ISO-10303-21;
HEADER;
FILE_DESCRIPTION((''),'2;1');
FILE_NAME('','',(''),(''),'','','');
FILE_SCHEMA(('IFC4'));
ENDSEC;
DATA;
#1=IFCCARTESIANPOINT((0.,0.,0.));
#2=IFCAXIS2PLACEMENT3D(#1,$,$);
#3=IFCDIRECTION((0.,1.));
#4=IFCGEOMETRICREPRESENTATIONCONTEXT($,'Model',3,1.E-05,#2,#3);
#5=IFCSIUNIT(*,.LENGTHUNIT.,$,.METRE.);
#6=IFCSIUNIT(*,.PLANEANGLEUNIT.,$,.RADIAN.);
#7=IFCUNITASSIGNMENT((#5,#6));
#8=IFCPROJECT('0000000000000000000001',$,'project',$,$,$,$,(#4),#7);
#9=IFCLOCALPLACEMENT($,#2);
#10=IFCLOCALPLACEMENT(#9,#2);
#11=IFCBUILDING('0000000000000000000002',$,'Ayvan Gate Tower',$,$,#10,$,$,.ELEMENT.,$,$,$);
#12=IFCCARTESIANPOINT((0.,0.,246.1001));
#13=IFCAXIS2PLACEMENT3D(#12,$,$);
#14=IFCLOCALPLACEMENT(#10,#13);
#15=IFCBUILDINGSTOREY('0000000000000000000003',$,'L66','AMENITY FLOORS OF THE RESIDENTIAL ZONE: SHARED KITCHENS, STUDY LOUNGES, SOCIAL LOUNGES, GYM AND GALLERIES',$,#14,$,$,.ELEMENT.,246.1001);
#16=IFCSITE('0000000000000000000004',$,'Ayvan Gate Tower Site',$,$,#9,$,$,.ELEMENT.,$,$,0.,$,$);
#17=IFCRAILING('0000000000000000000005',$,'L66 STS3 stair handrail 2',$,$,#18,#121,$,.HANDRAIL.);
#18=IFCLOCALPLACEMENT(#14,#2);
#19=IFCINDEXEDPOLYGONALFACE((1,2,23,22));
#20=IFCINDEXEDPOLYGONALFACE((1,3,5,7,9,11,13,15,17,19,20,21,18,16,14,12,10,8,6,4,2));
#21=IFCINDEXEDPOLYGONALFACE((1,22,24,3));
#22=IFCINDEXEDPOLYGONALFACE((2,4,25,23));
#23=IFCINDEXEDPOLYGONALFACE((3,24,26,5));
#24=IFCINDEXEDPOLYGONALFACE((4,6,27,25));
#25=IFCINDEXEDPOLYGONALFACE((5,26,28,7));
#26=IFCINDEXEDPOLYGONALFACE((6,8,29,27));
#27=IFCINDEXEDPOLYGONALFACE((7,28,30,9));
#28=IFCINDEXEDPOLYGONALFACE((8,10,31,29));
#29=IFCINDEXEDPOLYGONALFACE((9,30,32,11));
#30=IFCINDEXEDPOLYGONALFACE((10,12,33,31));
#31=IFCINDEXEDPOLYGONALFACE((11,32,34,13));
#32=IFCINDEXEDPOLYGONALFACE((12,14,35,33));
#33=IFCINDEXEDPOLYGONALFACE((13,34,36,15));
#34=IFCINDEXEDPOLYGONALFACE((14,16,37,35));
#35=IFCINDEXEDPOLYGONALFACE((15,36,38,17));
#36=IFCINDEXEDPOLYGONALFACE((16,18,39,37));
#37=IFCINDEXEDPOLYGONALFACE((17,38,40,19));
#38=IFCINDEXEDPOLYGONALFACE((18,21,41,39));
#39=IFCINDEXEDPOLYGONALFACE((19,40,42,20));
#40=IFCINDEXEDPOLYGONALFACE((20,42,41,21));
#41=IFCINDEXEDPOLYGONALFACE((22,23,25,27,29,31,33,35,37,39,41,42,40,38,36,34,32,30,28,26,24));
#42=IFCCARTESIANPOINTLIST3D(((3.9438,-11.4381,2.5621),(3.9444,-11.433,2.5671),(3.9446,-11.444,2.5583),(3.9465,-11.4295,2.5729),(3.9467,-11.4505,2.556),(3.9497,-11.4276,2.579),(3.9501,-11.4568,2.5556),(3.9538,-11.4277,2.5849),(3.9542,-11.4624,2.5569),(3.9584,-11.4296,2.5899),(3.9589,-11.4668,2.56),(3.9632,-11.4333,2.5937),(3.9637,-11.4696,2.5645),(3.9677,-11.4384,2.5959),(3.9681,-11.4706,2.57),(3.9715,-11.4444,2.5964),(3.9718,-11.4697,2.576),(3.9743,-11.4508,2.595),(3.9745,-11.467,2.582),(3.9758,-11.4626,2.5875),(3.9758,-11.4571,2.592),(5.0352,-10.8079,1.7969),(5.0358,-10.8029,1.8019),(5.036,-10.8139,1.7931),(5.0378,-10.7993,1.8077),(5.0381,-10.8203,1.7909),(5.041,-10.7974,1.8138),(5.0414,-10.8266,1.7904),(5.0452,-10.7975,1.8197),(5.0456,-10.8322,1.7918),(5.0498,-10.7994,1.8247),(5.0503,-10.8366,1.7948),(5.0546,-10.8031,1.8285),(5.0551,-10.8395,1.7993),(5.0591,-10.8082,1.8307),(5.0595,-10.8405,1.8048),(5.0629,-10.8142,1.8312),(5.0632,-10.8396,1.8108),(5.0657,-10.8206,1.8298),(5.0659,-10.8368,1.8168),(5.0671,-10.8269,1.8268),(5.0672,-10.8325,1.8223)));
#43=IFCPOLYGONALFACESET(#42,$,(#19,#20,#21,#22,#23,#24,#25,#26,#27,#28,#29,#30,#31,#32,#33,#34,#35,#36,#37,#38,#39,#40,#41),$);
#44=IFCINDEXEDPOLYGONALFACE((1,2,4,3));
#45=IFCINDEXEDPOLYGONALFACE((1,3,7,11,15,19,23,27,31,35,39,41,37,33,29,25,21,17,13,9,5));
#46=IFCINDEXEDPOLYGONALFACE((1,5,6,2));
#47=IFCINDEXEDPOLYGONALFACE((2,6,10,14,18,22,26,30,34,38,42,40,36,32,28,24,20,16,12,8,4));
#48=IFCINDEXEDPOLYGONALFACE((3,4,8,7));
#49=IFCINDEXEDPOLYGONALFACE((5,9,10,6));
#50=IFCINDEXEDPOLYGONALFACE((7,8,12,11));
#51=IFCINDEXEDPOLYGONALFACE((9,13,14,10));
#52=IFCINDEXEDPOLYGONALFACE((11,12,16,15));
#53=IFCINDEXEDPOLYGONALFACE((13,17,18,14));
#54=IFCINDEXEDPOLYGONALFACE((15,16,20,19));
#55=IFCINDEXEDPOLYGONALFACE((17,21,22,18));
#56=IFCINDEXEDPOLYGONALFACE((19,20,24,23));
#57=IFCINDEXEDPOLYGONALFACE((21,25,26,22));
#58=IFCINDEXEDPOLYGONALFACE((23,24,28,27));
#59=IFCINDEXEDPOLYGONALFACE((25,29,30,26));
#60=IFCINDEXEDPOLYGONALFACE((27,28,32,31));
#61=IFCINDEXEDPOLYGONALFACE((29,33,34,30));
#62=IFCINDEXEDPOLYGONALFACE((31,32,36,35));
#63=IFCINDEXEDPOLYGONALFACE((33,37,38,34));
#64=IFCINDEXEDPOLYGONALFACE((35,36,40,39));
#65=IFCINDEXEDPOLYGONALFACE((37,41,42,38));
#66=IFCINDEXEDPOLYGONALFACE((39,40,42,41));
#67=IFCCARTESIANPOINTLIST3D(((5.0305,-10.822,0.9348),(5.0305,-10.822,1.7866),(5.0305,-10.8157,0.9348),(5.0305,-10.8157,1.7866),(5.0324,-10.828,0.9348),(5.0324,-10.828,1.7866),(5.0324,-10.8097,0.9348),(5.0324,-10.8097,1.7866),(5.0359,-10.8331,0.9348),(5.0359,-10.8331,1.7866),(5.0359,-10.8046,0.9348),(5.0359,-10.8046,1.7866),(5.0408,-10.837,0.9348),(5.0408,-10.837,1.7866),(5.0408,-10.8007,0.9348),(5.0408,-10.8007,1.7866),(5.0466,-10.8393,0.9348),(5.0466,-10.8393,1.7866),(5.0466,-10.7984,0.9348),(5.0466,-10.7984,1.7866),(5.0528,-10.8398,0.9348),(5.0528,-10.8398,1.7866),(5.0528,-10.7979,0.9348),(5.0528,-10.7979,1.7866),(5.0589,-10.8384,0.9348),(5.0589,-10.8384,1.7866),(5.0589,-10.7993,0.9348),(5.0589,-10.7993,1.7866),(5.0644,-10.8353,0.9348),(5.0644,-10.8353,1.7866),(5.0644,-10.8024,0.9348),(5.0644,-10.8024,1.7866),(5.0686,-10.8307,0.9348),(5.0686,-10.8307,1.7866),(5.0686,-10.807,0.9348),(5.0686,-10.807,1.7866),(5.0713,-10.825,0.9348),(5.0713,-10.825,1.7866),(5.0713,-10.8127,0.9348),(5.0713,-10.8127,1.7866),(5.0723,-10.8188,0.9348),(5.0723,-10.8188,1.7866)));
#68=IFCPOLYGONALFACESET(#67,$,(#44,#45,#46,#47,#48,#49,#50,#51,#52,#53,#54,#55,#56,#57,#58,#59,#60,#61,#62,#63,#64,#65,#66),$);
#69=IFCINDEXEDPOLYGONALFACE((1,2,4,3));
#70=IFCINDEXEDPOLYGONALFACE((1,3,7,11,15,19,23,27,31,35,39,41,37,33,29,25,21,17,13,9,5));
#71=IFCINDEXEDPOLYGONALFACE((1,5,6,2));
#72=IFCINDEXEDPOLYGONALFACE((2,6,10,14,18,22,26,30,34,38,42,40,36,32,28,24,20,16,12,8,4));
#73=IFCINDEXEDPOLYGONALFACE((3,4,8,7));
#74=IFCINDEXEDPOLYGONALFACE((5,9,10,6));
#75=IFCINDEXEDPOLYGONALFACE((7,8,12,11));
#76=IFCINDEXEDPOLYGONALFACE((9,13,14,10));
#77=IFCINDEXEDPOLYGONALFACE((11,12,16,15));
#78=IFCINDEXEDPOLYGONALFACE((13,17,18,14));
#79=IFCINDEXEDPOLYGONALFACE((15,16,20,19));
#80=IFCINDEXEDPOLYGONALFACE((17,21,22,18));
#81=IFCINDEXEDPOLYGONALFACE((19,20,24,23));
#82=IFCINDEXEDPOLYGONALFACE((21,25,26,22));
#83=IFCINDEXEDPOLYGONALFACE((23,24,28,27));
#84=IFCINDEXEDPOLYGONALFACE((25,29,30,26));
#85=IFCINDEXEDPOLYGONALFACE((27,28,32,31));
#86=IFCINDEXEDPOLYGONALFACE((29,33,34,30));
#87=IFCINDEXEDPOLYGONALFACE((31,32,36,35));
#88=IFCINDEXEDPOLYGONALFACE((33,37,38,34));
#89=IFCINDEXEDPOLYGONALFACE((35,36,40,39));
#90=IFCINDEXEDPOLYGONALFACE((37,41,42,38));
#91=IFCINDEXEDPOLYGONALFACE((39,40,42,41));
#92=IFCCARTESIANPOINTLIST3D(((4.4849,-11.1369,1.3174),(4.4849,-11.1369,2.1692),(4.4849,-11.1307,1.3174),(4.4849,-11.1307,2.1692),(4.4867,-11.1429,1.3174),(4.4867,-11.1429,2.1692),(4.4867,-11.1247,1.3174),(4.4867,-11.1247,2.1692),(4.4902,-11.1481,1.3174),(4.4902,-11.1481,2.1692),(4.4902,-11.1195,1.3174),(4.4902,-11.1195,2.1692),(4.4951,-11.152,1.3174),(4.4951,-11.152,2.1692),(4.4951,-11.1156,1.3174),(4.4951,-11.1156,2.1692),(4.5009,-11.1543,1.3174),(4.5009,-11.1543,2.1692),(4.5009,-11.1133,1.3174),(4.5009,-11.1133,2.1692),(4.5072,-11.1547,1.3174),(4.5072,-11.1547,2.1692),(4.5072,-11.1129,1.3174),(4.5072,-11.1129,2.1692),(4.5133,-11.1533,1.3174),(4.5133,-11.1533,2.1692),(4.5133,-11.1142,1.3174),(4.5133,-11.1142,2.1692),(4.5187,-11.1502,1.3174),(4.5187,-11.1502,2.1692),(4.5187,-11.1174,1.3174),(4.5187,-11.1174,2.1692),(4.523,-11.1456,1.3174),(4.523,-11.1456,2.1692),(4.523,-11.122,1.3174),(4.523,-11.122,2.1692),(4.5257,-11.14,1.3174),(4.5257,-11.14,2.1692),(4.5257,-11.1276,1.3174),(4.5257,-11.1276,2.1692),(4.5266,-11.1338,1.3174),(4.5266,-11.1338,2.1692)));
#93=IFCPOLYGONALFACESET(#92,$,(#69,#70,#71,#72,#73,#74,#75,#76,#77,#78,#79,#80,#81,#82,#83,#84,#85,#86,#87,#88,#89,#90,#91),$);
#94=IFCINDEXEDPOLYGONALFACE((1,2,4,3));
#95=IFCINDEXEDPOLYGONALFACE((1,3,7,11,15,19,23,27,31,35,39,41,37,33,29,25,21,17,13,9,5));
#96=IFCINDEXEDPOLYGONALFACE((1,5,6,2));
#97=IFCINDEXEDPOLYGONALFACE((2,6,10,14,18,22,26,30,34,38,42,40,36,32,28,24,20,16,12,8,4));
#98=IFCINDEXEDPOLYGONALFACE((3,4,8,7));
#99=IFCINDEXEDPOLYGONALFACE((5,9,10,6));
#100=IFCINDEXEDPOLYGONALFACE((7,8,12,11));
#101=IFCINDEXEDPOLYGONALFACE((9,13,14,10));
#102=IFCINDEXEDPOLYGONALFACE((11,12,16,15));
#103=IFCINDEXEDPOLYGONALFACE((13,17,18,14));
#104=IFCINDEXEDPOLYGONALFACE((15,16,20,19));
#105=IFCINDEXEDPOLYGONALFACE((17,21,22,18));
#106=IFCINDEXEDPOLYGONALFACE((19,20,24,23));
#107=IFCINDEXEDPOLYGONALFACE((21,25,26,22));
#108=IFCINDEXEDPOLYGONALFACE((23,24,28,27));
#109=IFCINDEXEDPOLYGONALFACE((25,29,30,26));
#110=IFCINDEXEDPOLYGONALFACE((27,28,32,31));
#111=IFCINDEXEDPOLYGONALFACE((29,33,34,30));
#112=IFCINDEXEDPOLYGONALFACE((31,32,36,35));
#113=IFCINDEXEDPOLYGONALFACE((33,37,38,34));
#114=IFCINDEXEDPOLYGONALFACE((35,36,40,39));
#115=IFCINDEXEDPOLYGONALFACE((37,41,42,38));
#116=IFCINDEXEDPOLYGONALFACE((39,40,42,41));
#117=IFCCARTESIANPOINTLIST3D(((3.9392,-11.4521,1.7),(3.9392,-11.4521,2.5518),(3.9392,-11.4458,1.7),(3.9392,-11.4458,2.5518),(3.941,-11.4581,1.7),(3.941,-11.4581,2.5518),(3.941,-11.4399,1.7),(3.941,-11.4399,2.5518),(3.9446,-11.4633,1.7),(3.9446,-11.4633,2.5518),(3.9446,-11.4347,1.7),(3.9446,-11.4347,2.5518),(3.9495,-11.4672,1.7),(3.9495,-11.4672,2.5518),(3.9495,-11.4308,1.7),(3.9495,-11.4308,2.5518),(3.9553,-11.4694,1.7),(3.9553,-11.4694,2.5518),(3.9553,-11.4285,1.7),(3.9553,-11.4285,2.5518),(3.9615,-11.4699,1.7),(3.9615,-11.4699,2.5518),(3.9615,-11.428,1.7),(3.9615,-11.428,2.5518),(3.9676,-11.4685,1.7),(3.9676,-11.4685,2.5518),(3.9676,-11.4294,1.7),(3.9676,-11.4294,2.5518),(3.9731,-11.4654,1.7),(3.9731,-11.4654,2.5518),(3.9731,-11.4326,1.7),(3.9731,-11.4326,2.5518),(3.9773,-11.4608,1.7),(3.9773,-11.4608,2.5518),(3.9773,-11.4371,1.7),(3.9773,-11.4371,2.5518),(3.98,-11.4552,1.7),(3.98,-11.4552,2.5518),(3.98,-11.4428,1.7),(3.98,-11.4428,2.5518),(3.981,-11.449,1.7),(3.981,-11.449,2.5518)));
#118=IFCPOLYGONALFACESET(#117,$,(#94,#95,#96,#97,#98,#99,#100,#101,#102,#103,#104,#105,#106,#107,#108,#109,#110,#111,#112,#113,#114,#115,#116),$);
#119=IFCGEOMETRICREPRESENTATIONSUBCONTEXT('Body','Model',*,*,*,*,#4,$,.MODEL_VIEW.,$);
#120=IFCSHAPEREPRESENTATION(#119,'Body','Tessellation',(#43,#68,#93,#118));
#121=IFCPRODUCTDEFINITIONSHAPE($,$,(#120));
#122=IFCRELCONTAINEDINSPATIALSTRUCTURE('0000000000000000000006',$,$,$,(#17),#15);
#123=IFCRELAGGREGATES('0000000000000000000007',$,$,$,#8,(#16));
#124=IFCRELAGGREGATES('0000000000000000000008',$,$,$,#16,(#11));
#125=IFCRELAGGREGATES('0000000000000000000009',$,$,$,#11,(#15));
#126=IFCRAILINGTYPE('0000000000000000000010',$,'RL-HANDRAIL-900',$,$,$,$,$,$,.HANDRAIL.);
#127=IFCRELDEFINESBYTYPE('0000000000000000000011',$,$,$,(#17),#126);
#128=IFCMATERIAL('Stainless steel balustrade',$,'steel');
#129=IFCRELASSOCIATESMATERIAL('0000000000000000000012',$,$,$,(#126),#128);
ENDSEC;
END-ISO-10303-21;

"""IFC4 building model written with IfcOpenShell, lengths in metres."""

from ifc_helpers import new_model, si_unit, direction, frame, origin, origin_2d, place, context, subcontext, project, spatial, circle, extrude, material, type_object, element, save


model = new_model("IFC4")

# Units and contexts
model_context = context("Model", 3, precision=1e-05, world=origin(), true_north=direction((0.0, 1.0)))
body_context = subcontext(model_context, "Body", "Model", "MODEL_VIEW")
ifc_project = project(units=[si_unit("LENGTHUNIT", "METRE"), si_unit("PLANEANGLEUNIT", "RADIAN")], contexts=[model_context])

# Site, building, storey
site_placement = place(None, origin())
site = spatial("IfcSite", under=ifc_project, at=site_placement, Name="Ayvan Gate Tower Site", CompositionType="ELEMENT", RefElevation=0.0)
building_placement = place(site_placement, origin())
building = spatial("IfcBuilding", under=site, at=building_placement, Name="Ayvan Gate Tower", CompositionType="ELEMENT")
storey_placement = place(building_placement, frame((0.0, 0.0, 246.1001)))
storey = spatial("IfcBuildingStorey", under=building, at=storey_placement, Name="L66", Description="AMENITY FLOORS OF THE RESIDENTIAL ZONE: SHARED KITCHENS, STUDY LOUNGES, SOCIAL LOUNGES, GYM AND GALLERIES", CompositionType="ELEMENT", Elevation=246.1001)

# Railing
ifc_material_1 = material(Name="Stainless steel balustrade", Category="steel")
railing_type = type_object("IfcRailingType", Name="RL-HANDRAIL-900", PredefinedType="HANDRAIL", material=ifc_material_1)
railing_1_placement = place(storey_placement, frame((5.0513, -10.8188, 0.9348)))
element("IfcRailing", 1, at=railing_1_placement, inside=storey, type_object=railing_type, Name="L66 STS3 stair handrail 2", PredefinedType="HANDRAIL", context=body_context, shape_type="SweptSolid", body=[
    extrude(circle(Radius=0.0239, at=origin_2d()), frame((0.0, 0.0, 0.876), z_axis=(-0.740241, -0.427419, 0.518996), x_axis=(0.500035, -0.866005, 0.0)), (0.0, 0.0, 1.0), 1.4744),
    extrude(circle(Radius=0.021, at=origin_2d()), origin(), (0.0, 0.0, 1.0), 0.8518),
    extrude(circle(Radius=0.021, at=origin_2d()), frame((-0.5457, -0.3149, 0.3826)), (0.0, 0.0, 1.0), 0.8518),
    extrude(circle(Radius=0.021, at=origin_2d()), frame((-1.0913, -0.6301, 0.7651)), (0.0, 0.0, 1.0), 0.8518),
])

save(model, "model.ifc")
